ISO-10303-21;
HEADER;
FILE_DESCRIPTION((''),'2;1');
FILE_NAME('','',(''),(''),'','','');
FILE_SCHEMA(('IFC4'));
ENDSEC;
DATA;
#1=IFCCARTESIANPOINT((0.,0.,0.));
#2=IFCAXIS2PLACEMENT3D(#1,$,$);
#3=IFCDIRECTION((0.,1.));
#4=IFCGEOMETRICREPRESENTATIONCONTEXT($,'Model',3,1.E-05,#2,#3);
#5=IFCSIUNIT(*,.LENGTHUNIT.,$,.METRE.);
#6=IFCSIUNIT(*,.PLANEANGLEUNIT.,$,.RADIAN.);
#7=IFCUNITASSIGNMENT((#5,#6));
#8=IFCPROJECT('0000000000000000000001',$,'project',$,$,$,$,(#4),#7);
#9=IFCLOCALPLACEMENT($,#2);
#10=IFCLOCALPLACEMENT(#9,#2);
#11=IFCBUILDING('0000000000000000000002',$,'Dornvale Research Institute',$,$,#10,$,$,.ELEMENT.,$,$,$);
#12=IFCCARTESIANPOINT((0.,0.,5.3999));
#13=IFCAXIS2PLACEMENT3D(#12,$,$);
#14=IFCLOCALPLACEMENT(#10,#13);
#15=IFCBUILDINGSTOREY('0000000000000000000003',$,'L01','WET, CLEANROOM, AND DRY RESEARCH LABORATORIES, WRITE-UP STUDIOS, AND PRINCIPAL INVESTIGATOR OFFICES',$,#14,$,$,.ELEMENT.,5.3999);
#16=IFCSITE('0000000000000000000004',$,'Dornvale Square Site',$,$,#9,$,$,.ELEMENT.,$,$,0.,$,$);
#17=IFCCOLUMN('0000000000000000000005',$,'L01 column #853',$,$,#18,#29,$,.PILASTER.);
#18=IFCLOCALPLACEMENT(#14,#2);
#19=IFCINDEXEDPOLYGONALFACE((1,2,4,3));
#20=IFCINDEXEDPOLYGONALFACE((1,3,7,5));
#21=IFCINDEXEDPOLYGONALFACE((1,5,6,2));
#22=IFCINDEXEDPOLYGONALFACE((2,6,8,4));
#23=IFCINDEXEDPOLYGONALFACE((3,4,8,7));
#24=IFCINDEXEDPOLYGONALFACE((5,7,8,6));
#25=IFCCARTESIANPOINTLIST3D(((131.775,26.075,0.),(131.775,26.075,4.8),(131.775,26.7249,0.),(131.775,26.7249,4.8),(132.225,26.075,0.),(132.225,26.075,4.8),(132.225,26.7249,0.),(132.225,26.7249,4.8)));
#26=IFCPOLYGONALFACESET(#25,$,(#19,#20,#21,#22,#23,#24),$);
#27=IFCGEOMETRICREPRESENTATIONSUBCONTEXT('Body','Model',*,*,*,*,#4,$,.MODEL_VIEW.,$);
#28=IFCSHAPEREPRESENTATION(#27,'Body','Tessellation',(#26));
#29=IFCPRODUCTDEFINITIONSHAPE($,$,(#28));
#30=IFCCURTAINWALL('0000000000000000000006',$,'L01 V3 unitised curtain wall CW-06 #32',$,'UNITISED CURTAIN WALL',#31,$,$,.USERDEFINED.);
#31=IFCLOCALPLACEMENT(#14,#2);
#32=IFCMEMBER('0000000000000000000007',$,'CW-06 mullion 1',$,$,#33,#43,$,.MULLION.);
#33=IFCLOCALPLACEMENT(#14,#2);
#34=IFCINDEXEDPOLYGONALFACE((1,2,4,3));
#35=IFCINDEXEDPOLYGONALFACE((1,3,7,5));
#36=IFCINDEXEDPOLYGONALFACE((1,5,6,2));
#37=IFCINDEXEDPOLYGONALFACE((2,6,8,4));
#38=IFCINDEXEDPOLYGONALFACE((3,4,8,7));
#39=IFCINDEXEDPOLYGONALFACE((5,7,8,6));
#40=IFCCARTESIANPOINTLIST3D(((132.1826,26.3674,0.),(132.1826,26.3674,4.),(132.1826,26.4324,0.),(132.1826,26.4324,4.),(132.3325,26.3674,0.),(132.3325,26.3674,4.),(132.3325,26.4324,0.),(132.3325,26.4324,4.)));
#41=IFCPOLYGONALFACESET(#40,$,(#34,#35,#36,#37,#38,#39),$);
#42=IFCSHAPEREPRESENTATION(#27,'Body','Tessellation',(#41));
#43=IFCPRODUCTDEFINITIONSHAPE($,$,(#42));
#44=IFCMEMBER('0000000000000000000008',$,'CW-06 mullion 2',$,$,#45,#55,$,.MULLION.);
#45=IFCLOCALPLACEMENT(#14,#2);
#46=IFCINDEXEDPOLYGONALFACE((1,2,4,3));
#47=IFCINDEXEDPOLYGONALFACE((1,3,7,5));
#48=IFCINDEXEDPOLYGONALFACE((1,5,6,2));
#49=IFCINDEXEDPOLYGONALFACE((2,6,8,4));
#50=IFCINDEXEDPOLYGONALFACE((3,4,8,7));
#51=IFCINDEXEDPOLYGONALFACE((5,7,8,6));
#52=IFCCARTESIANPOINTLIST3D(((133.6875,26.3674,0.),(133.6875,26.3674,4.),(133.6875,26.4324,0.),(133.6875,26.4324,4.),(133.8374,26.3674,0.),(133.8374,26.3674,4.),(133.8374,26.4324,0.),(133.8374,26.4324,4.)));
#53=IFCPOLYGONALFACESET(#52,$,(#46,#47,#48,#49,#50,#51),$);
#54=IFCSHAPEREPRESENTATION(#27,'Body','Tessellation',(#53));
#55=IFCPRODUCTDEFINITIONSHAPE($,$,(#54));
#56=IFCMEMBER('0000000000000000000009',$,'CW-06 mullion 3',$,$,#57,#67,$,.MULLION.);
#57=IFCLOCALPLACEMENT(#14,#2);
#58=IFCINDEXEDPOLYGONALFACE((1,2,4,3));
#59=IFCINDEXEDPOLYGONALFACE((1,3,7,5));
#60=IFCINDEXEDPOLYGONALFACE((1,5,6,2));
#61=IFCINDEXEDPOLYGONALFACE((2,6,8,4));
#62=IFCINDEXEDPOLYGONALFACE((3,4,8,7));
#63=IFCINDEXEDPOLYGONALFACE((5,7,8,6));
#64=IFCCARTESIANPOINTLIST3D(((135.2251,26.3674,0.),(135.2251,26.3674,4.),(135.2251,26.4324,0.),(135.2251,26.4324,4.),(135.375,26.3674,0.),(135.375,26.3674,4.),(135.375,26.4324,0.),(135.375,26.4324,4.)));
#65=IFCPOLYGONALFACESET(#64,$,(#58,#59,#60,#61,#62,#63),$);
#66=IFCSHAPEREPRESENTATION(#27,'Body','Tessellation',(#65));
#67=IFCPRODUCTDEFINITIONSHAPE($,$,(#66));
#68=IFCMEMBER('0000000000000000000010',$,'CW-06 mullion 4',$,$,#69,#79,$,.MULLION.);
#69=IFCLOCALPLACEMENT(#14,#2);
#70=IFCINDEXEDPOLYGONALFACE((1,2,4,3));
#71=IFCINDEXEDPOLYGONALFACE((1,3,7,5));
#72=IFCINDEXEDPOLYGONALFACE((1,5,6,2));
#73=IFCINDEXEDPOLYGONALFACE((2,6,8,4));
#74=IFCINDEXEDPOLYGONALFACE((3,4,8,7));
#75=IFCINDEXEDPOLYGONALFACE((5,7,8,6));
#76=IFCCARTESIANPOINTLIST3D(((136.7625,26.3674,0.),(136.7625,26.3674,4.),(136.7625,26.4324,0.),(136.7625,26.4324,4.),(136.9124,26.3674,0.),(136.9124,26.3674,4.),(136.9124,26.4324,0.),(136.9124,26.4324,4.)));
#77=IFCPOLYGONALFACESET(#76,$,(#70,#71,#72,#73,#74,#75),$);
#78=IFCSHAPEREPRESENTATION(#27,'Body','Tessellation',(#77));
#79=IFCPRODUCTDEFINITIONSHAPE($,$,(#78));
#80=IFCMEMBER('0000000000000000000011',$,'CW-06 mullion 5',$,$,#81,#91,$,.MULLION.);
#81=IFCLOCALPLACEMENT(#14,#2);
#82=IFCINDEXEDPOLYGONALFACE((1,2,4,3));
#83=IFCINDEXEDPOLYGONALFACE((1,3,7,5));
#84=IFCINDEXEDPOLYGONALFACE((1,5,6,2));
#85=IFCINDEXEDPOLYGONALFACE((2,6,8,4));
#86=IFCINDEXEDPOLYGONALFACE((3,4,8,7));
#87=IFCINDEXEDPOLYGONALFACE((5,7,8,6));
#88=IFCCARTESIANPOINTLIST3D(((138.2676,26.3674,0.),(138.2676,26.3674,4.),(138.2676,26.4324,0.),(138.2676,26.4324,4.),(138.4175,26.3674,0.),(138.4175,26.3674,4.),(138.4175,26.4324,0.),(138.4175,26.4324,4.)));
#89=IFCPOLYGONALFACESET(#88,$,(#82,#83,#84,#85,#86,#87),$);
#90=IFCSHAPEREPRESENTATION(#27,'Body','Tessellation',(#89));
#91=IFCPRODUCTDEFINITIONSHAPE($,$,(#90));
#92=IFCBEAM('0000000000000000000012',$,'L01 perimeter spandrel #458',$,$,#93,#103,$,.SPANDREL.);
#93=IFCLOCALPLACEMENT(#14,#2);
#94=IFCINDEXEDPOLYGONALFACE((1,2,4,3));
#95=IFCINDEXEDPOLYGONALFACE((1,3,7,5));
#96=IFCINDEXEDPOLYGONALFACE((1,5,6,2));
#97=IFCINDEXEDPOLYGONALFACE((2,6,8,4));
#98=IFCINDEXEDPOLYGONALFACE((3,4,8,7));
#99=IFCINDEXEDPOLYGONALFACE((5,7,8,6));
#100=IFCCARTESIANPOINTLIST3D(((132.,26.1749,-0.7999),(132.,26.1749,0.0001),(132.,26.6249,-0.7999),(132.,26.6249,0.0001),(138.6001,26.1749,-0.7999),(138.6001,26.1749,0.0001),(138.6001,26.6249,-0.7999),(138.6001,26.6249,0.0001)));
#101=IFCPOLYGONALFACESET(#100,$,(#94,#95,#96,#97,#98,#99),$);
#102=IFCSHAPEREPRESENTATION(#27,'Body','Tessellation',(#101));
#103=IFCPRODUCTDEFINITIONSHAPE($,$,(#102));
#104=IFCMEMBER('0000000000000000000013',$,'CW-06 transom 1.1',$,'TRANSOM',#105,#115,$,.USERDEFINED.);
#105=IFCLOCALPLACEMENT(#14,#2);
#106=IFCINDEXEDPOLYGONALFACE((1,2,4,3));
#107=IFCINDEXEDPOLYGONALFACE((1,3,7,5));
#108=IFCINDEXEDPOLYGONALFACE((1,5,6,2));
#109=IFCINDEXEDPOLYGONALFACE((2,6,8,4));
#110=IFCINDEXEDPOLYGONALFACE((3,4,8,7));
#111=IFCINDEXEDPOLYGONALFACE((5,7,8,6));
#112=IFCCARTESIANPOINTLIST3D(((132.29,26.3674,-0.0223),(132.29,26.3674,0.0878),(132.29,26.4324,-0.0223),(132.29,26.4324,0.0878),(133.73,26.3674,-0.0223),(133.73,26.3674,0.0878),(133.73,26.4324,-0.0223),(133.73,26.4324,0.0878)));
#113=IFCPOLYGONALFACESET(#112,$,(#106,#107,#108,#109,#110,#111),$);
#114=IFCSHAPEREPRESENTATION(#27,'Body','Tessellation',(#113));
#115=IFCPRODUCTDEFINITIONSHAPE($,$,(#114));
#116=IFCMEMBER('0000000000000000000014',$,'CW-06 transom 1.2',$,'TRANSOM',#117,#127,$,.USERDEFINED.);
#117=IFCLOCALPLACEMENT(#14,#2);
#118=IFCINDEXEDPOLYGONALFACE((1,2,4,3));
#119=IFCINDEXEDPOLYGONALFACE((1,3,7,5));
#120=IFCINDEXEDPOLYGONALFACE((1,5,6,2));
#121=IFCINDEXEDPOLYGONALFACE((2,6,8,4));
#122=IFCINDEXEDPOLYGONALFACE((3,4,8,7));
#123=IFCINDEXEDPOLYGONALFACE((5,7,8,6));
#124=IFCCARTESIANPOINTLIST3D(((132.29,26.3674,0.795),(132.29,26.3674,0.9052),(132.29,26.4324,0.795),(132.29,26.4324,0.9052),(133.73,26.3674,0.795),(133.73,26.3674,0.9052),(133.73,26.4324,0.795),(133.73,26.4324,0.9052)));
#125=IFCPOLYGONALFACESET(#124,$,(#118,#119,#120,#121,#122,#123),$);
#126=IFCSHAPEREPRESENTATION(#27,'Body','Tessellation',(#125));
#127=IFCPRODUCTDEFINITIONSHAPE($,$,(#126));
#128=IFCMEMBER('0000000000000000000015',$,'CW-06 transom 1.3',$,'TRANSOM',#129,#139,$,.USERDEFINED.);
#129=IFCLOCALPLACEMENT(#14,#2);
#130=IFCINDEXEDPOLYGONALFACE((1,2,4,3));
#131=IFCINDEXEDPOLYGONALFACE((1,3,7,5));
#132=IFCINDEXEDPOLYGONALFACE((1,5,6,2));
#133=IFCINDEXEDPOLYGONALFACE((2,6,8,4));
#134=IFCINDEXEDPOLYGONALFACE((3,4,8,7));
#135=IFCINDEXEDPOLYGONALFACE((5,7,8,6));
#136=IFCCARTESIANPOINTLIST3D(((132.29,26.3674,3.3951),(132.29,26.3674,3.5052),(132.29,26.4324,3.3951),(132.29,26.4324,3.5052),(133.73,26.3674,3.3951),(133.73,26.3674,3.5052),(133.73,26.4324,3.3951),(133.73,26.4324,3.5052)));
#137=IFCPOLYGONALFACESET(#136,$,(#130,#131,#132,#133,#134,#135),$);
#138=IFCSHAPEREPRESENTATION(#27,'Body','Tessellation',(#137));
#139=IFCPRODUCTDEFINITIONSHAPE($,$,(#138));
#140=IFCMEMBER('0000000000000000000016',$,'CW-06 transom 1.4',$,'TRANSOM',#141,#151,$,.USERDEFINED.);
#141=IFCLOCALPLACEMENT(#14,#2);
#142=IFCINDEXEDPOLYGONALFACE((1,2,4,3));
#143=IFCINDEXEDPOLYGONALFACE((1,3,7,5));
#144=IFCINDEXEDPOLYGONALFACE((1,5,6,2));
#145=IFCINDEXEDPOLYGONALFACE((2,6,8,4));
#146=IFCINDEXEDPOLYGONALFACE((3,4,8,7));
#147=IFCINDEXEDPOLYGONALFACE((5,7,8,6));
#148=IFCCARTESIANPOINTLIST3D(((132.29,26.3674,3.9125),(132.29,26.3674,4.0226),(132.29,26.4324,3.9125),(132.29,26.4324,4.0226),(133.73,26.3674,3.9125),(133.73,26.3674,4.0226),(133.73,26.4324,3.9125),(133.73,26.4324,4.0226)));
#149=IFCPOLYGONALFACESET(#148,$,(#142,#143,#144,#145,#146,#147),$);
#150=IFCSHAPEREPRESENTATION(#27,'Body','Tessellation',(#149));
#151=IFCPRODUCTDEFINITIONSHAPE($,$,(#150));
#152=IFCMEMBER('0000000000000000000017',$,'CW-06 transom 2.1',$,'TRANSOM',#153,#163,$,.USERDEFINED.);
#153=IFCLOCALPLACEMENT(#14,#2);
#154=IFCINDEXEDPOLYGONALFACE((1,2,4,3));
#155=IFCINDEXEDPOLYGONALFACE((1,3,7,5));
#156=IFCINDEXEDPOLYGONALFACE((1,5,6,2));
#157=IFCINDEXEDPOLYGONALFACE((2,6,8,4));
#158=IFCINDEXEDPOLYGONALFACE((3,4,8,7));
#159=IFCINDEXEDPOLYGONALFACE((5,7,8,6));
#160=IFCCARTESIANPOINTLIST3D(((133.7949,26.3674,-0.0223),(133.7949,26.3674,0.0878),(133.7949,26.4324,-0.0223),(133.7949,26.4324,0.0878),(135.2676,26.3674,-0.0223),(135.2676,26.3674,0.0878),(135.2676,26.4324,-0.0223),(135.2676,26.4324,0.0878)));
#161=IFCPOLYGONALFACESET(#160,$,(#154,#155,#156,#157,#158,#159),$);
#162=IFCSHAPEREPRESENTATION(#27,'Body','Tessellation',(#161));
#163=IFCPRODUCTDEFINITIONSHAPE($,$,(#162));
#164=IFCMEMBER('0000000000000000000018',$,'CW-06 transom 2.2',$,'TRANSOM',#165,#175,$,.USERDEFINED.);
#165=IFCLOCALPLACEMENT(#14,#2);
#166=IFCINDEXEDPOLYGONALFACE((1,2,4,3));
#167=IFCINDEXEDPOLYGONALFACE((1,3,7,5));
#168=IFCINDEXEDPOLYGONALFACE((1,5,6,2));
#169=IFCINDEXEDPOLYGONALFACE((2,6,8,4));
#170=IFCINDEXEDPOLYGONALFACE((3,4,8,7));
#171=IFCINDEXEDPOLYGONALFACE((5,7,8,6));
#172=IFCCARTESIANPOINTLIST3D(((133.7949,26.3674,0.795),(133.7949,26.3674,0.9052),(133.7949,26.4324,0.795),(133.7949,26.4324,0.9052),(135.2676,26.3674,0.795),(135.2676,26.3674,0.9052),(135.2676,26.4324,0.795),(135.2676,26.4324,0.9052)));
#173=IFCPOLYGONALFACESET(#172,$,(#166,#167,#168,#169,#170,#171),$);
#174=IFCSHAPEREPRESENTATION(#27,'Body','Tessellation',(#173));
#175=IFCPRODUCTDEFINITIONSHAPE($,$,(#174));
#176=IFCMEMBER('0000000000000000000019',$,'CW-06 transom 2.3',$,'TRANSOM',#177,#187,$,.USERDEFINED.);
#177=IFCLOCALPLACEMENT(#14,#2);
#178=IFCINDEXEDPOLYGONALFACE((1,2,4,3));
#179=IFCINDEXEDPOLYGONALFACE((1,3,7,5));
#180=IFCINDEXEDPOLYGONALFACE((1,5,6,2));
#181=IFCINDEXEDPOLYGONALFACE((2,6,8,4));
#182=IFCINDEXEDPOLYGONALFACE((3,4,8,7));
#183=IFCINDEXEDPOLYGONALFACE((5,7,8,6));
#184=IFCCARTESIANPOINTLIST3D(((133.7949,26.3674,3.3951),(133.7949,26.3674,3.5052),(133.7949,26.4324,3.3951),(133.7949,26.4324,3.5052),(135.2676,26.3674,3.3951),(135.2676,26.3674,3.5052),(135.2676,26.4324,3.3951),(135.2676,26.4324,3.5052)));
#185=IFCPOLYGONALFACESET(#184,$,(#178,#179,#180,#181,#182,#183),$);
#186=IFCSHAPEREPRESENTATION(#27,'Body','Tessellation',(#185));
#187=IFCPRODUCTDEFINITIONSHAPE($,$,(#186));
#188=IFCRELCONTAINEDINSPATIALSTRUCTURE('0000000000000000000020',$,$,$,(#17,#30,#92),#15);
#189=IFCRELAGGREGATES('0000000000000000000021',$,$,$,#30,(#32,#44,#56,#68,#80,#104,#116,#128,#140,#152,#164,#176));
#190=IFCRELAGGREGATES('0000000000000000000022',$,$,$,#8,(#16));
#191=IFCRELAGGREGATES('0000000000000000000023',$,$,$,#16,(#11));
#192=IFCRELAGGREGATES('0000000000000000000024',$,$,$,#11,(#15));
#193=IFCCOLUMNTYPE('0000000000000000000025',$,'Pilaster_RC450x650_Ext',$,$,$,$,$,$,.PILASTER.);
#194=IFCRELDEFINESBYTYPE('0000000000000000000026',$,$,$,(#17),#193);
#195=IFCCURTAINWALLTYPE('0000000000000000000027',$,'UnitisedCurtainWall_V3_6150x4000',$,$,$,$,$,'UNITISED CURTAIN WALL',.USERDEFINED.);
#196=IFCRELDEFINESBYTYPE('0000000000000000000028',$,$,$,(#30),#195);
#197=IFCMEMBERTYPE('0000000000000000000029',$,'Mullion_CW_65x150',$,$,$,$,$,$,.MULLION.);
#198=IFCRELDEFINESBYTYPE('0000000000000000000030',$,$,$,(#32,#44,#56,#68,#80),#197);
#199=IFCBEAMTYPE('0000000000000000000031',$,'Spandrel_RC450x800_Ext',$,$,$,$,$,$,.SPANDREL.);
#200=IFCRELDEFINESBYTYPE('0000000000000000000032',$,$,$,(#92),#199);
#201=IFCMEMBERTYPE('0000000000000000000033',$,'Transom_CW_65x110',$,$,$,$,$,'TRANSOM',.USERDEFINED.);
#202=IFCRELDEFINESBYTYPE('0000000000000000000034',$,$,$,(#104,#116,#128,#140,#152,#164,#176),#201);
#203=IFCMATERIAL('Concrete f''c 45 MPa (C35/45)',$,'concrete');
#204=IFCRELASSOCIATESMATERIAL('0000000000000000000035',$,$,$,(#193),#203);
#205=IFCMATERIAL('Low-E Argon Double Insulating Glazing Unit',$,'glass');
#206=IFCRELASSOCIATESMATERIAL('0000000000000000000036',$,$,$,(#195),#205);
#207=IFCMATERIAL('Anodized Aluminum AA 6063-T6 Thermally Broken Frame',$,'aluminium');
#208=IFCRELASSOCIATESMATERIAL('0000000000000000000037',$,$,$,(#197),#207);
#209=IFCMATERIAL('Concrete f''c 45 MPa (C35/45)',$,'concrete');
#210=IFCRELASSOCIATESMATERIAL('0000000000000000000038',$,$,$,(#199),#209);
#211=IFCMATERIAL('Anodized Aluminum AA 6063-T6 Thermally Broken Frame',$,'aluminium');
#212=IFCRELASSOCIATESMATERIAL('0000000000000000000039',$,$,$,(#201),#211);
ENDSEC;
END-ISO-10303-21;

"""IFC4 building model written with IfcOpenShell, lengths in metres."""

from ifc_helpers import new_model, si_unit, direction, frame, origin, origin_2d, place, context, subcontext, project, spatial, rectangle, extrude, material, material_profile, profile_set, type_object, element, aggregate, save


model = new_model("IFC4")

# Units and contexts
model_context = context("Model", 3, precision=1e-05, world=origin(), true_north=direction((0.0, 1.0)))
body_context = subcontext(model_context, "Body", "Model", "MODEL_VIEW")
ifc_project = project(units=[si_unit("LENGTHUNIT", "METRE"), si_unit("PLANEANGLEUNIT", "RADIAN")], contexts=[model_context])

# Site, building, storey
site_placement = place(None, origin())
site = spatial("IfcSite", under=ifc_project, at=site_placement, Name="Dornvale Square Site", CompositionType="ELEMENT", RefElevation=0.0)
building_placement = place(site_placement, origin())
building = spatial("IfcBuilding", under=site, at=building_placement, Name="Dornvale Research Institute", CompositionType="ELEMENT")
storey_placement = place(building_placement, frame((0.0, 0.0, 5.3999)))
storey = spatial("IfcBuildingStorey", under=building, at=storey_placement, Name="L01", Description="WET, CLEANROOM, AND DRY RESEARCH LABORATORIES, WRITE-UP STUDIOS, AND PRINCIPAL INVESTIGATOR OFFICES", CompositionType="ELEMENT", Elevation=5.3999)

# Column
ifc_material_1 = material(Name="Concrete f'c 45 MPa (C35/45)", Category="concrete")
ifc_material_profile_1 = material_profile(ifc_material_1, rectangle(XDim=0.45, YDim=0.6499, at=origin_2d()), Name="RC 450x650")
ifc_profile_set_1 = profile_set([ifc_material_profile_1], Name="Concrete f'c 45 MPa (C35/45)")
column_type = type_object("IfcColumnType", Name="Pilaster_RC450x650_Ext", PredefinedType="PILASTER", material=ifc_profile_set_1)
column_placement = place(storey_placement, frame((132.0, 26.3999, 0.0), z_axis=(0.0, 0.0, 1.0), x_axis=(1.0, 0.0, 0.0)))
element("IfcColumn", 1, at=column_placement, inside=storey, type_object=column_type, Name="L01 column #853", PredefinedType="PILASTER", context=body_context, shape_type="SweptSolid", body=[
    extrude(rectangle(XDim=0.45, YDim=0.6499, at=origin_2d()), origin(), (0.0, 0.0, 1.0), 4.8),
])

# Curtain wall, members
ifc_material_2 = material(Name="Low-E Argon Double Insulating Glazing Unit", Category="glass")
curtain_wall_type = type_object("IfcCurtainWallType", Name="UnitisedCurtainWall_V3_6150x4000", ElementType="UNITISED CURTAIN WALL", PredefinedType="USERDEFINED", material=ifc_material_2)
curtain_wall_placement = place(storey_placement, origin())
curtain_wall = element("IfcCurtainWall", 2, at=curtain_wall_placement, inside=storey, type_object=curtain_wall_type, Name="L01 V3 unitised curtain wall CW-06 #32", ObjectType="UNITISED CURTAIN WALL", PredefinedType="USERDEFINED")
ifc_material_3 = material(Name="Anodized Aluminum AA 6063-T6 Thermally Broken Frame", Category="aluminium")
ifc_material_profile_2 = material_profile(ifc_material_3, rectangle(XDim=0.0649, YDim=0.1499, at=origin_2d()), Name="ALU MULLION 65x150")
ifc_profile_set_2 = profile_set([ifc_material_profile_2], Name="Anodized Aluminum AA 6063-T6 Thermally Broken Frame")
member_type_1 = type_object("IfcMemberType", Name="Mullion_CW_65x150", PredefinedType="MULLION", material=ifc_profile_set_2)
member_1_placement = place(storey_placement, frame((132.2576, 26.3999, 0.0), z_axis=(0.0, 0.0, 1.0), x_axis=(0.0, 1.0, 0.0)))
member_1 = element("IfcMember", 3, at=member_1_placement, type_object=member_type_1, Name="CW-06 mullion 1", PredefinedType="MULLION", context=body_context, shape_type="SweptSolid", body=[
    extrude(rectangle(XDim=0.0649, YDim=0.1499, at=origin_2d()), origin(), (0.0, 0.0, 1.0), 4.0),
])
member_2_placement = place(storey_placement, frame((133.7625, 26.3999, 0.0), z_axis=(0.0, 0.0, 1.0), x_axis=(0.0, 1.0, 0.0)))
member_2 = element("IfcMember", 4, at=member_2_placement, type_object=member_type_1, Name="CW-06 mullion 2", PredefinedType="MULLION", context=body_context, shape_type="SweptSolid", body=[
    extrude(rectangle(XDim=0.0649, YDim=0.1499, at=origin_2d()), origin(), (0.0, 0.0, 1.0), 4.0),
])
member_3_placement = place(storey_placement, frame((135.3, 26.3999, 0.0), z_axis=(0.0, 0.0, 1.0), x_axis=(0.0, 1.0, 0.0)))
member_3 = element("IfcMember", 5, at=member_3_placement, type_object=member_type_1, Name="CW-06 mullion 3", PredefinedType="MULLION", context=body_context, shape_type="SweptSolid", body=[
    extrude(rectangle(XDim=0.0649, YDim=0.1499, at=origin_2d()), origin(), (0.0, 0.0, 1.0), 4.0),
])
member_4_placement = place(storey_placement, frame((136.8374, 26.3999, 0.0), z_axis=(0.0, 0.0, 1.0), x_axis=(0.0, 1.0, 0.0)))
member_4 = element("IfcMember", 6, at=member_4_placement, type_object=member_type_1, Name="CW-06 mullion 4", PredefinedType="MULLION", context=body_context, shape_type="SweptSolid", body=[
    extrude(rectangle(XDim=0.0649, YDim=0.1499, at=origin_2d()), origin(), (0.0, 0.0, 1.0), 4.0),
])
member_5_placement = place(storey_placement, frame((138.3425, 26.3999, 0.0), z_axis=(0.0, 0.0, 1.0), x_axis=(0.0, 1.0, 0.0)))
member_5 = element("IfcMember", 7, at=member_5_placement, type_object=member_type_1, Name="CW-06 mullion 5", PredefinedType="MULLION", context=body_context, shape_type="SweptSolid", body=[
    extrude(rectangle(XDim=0.0649, YDim=0.1499, at=origin_2d()), origin(), (0.0, 0.0, 1.0), 4.0),
])

# Beam
ifc_material_4 = material(Name="Concrete f'c 45 MPa (C35/45)", Category="concrete")
ifc_material_profile_3 = material_profile(ifc_material_4, rectangle(XDim=0.45, YDim=0.8, at=origin_2d()), Name="RC 450x800")
ifc_profile_set_3 = profile_set([ifc_material_profile_3], Name="Concrete f'c 45 MPa (C35/45)")
beam_type = type_object("IfcBeamType", Name="Spandrel_RC450x800_Ext", PredefinedType="SPANDREL", material=ifc_profile_set_3)
beam_placement = place(storey_placement, frame((132.0, 26.3999, -0.3999), z_axis=(1.0, 0.0, 0.0), x_axis=(0.0, 1.0, 0.0)))
element("IfcBeam", 8, at=beam_placement, inside=storey, type_object=beam_type, Name="L01 perimeter spandrel #458", PredefinedType="SPANDREL", context=body_context, shape_type="SweptSolid", body=[
    extrude(rectangle(XDim=0.45, YDim=0.8, at=origin_2d()), origin(), (0.0, 0.0, 1.0), 6.6001),
])

# Members
ifc_material_5 = material(Name="Anodized Aluminum AA 6063-T6 Thermally Broken Frame", Category="aluminium")
ifc_material_profile_4 = material_profile(ifc_material_5, rectangle(XDim=0.0649, YDim=0.1101, at=origin_2d()), Name="ALU TRANSOM 65x110")
ifc_profile_set_4 = profile_set([ifc_material_profile_4], Name="Anodized Aluminum AA 6063-T6 Thermally Broken Frame")
member_type_2 = type_object("IfcMemberType", Name="Transom_CW_65x110", ElementType="TRANSOM", PredefinedType="USERDEFINED", material=ifc_profile_set_4)
member_6_placement = place(storey_placement, frame((132.29, 26.3999, 0.0327), z_axis=(1.0, 0.0, 0.0), x_axis=(0.0, 1.0, 0.0)))
member_6 = element("IfcMember", 9, at=member_6_placement, type_object=member_type_2, Name="CW-06 transom 1.1", ObjectType="TRANSOM", PredefinedType="USERDEFINED", context=body_context, shape_type="SweptSolid", body=[
    extrude(rectangle(XDim=0.0649, YDim=0.1101, at=origin_2d()), origin(), (0.0, 0.0, 1.0), 1.4399),
])
member_7_placement = place(storey_placement, frame((132.29, 26.3999, 0.8501), z_axis=(1.0, 0.0, 0.0), x_axis=(0.0, 1.0, 0.0)))
member_7 = element("IfcMember", 10, at=member_7_placement, type_object=member_type_2, Name="CW-06 transom 1.2", ObjectType="TRANSOM", PredefinedType="USERDEFINED", context=body_context, shape_type="SweptSolid", body=[
    extrude(rectangle(XDim=0.0649, YDim=0.1101, at=origin_2d()), origin(), (0.0, 0.0, 1.0), 1.4399),
])
member_8_placement = place(storey_placement, frame((132.29, 26.3999, 3.4502), z_axis=(1.0, 0.0, 0.0), x_axis=(0.0, 1.0, 0.0)))
member_8 = element("IfcMember", 11, at=member_8_placement, type_object=member_type_2, Name="CW-06 transom 1.3", ObjectType="TRANSOM", PredefinedType="USERDEFINED", context=body_context, shape_type="SweptSolid", body=[
    extrude(rectangle(XDim=0.0649, YDim=0.1101, at=origin_2d()), origin(), (0.0, 0.0, 1.0), 1.4399),
])
member_9_placement = place(storey_placement, frame((132.29, 26.3999, 3.9675), z_axis=(1.0, 0.0, 0.0), x_axis=(0.0, 1.0, 0.0)))
member_9 = element("IfcMember", 12, at=member_9_placement, type_object=member_type_2, Name="CW-06 transom 1.4", ObjectType="TRANSOM", PredefinedType="USERDEFINED", context=body_context, shape_type="SweptSolid", body=[
    extrude(rectangle(XDim=0.0649, YDim=0.1101, at=origin_2d()), origin(), (0.0, 0.0, 1.0), 1.4399),
])
member_10_placement = place(storey_placement, frame((133.7949, 26.3999, 0.0327), z_axis=(1.0, 0.0, 0.0), x_axis=(0.0, 1.0, 0.0)))
member_10 = element("IfcMember", 13, at=member_10_placement, type_object=member_type_2, Name="CW-06 transom 2.1", ObjectType="TRANSOM", PredefinedType="USERDEFINED", context=body_context, shape_type="SweptSolid", body=[
    extrude(rectangle(XDim=0.0649, YDim=0.1101, at=origin_2d()), origin(), (0.0, 0.0, 1.0), 1.4727),
])
member_11_placement = place(storey_placement, frame((133.7949, 26.3999, 0.8501), z_axis=(1.0, 0.0, 0.0), x_axis=(0.0, 1.0, 0.0)))
member_11 = element("IfcMember", 14, at=member_11_placement, type_object=member_type_2, Name="CW-06 transom 2.2", ObjectType="TRANSOM", PredefinedType="USERDEFINED", context=body_context, shape_type="SweptSolid", body=[
    extrude(rectangle(XDim=0.0649, YDim=0.1101, at=origin_2d()), origin(), (0.0, 0.0, 1.0), 1.4727),
])
member_12_placement = place(storey_placement, frame((133.7949, 26.3999, 3.4502), z_axis=(1.0, 0.0, 0.0), x_axis=(0.0, 1.0, 0.0)))
member_12 = element("IfcMember", 15, at=member_12_placement, type_object=member_type_2, Name="CW-06 transom 2.3", ObjectType="TRANSOM", PredefinedType="USERDEFINED", context=body_context, shape_type="SweptSolid", body=[
    extrude(rectangle(XDim=0.0649, YDim=0.1101, at=origin_2d()), origin(), (0.0, 0.0, 1.0), 1.4727),
])

aggregate(curtain_wall, [member_1, member_2, member_3, member_4, member_5, member_6, member_7, member_8, member_9, member_10, member_11, member_12])

save(model, "model.ifc")
